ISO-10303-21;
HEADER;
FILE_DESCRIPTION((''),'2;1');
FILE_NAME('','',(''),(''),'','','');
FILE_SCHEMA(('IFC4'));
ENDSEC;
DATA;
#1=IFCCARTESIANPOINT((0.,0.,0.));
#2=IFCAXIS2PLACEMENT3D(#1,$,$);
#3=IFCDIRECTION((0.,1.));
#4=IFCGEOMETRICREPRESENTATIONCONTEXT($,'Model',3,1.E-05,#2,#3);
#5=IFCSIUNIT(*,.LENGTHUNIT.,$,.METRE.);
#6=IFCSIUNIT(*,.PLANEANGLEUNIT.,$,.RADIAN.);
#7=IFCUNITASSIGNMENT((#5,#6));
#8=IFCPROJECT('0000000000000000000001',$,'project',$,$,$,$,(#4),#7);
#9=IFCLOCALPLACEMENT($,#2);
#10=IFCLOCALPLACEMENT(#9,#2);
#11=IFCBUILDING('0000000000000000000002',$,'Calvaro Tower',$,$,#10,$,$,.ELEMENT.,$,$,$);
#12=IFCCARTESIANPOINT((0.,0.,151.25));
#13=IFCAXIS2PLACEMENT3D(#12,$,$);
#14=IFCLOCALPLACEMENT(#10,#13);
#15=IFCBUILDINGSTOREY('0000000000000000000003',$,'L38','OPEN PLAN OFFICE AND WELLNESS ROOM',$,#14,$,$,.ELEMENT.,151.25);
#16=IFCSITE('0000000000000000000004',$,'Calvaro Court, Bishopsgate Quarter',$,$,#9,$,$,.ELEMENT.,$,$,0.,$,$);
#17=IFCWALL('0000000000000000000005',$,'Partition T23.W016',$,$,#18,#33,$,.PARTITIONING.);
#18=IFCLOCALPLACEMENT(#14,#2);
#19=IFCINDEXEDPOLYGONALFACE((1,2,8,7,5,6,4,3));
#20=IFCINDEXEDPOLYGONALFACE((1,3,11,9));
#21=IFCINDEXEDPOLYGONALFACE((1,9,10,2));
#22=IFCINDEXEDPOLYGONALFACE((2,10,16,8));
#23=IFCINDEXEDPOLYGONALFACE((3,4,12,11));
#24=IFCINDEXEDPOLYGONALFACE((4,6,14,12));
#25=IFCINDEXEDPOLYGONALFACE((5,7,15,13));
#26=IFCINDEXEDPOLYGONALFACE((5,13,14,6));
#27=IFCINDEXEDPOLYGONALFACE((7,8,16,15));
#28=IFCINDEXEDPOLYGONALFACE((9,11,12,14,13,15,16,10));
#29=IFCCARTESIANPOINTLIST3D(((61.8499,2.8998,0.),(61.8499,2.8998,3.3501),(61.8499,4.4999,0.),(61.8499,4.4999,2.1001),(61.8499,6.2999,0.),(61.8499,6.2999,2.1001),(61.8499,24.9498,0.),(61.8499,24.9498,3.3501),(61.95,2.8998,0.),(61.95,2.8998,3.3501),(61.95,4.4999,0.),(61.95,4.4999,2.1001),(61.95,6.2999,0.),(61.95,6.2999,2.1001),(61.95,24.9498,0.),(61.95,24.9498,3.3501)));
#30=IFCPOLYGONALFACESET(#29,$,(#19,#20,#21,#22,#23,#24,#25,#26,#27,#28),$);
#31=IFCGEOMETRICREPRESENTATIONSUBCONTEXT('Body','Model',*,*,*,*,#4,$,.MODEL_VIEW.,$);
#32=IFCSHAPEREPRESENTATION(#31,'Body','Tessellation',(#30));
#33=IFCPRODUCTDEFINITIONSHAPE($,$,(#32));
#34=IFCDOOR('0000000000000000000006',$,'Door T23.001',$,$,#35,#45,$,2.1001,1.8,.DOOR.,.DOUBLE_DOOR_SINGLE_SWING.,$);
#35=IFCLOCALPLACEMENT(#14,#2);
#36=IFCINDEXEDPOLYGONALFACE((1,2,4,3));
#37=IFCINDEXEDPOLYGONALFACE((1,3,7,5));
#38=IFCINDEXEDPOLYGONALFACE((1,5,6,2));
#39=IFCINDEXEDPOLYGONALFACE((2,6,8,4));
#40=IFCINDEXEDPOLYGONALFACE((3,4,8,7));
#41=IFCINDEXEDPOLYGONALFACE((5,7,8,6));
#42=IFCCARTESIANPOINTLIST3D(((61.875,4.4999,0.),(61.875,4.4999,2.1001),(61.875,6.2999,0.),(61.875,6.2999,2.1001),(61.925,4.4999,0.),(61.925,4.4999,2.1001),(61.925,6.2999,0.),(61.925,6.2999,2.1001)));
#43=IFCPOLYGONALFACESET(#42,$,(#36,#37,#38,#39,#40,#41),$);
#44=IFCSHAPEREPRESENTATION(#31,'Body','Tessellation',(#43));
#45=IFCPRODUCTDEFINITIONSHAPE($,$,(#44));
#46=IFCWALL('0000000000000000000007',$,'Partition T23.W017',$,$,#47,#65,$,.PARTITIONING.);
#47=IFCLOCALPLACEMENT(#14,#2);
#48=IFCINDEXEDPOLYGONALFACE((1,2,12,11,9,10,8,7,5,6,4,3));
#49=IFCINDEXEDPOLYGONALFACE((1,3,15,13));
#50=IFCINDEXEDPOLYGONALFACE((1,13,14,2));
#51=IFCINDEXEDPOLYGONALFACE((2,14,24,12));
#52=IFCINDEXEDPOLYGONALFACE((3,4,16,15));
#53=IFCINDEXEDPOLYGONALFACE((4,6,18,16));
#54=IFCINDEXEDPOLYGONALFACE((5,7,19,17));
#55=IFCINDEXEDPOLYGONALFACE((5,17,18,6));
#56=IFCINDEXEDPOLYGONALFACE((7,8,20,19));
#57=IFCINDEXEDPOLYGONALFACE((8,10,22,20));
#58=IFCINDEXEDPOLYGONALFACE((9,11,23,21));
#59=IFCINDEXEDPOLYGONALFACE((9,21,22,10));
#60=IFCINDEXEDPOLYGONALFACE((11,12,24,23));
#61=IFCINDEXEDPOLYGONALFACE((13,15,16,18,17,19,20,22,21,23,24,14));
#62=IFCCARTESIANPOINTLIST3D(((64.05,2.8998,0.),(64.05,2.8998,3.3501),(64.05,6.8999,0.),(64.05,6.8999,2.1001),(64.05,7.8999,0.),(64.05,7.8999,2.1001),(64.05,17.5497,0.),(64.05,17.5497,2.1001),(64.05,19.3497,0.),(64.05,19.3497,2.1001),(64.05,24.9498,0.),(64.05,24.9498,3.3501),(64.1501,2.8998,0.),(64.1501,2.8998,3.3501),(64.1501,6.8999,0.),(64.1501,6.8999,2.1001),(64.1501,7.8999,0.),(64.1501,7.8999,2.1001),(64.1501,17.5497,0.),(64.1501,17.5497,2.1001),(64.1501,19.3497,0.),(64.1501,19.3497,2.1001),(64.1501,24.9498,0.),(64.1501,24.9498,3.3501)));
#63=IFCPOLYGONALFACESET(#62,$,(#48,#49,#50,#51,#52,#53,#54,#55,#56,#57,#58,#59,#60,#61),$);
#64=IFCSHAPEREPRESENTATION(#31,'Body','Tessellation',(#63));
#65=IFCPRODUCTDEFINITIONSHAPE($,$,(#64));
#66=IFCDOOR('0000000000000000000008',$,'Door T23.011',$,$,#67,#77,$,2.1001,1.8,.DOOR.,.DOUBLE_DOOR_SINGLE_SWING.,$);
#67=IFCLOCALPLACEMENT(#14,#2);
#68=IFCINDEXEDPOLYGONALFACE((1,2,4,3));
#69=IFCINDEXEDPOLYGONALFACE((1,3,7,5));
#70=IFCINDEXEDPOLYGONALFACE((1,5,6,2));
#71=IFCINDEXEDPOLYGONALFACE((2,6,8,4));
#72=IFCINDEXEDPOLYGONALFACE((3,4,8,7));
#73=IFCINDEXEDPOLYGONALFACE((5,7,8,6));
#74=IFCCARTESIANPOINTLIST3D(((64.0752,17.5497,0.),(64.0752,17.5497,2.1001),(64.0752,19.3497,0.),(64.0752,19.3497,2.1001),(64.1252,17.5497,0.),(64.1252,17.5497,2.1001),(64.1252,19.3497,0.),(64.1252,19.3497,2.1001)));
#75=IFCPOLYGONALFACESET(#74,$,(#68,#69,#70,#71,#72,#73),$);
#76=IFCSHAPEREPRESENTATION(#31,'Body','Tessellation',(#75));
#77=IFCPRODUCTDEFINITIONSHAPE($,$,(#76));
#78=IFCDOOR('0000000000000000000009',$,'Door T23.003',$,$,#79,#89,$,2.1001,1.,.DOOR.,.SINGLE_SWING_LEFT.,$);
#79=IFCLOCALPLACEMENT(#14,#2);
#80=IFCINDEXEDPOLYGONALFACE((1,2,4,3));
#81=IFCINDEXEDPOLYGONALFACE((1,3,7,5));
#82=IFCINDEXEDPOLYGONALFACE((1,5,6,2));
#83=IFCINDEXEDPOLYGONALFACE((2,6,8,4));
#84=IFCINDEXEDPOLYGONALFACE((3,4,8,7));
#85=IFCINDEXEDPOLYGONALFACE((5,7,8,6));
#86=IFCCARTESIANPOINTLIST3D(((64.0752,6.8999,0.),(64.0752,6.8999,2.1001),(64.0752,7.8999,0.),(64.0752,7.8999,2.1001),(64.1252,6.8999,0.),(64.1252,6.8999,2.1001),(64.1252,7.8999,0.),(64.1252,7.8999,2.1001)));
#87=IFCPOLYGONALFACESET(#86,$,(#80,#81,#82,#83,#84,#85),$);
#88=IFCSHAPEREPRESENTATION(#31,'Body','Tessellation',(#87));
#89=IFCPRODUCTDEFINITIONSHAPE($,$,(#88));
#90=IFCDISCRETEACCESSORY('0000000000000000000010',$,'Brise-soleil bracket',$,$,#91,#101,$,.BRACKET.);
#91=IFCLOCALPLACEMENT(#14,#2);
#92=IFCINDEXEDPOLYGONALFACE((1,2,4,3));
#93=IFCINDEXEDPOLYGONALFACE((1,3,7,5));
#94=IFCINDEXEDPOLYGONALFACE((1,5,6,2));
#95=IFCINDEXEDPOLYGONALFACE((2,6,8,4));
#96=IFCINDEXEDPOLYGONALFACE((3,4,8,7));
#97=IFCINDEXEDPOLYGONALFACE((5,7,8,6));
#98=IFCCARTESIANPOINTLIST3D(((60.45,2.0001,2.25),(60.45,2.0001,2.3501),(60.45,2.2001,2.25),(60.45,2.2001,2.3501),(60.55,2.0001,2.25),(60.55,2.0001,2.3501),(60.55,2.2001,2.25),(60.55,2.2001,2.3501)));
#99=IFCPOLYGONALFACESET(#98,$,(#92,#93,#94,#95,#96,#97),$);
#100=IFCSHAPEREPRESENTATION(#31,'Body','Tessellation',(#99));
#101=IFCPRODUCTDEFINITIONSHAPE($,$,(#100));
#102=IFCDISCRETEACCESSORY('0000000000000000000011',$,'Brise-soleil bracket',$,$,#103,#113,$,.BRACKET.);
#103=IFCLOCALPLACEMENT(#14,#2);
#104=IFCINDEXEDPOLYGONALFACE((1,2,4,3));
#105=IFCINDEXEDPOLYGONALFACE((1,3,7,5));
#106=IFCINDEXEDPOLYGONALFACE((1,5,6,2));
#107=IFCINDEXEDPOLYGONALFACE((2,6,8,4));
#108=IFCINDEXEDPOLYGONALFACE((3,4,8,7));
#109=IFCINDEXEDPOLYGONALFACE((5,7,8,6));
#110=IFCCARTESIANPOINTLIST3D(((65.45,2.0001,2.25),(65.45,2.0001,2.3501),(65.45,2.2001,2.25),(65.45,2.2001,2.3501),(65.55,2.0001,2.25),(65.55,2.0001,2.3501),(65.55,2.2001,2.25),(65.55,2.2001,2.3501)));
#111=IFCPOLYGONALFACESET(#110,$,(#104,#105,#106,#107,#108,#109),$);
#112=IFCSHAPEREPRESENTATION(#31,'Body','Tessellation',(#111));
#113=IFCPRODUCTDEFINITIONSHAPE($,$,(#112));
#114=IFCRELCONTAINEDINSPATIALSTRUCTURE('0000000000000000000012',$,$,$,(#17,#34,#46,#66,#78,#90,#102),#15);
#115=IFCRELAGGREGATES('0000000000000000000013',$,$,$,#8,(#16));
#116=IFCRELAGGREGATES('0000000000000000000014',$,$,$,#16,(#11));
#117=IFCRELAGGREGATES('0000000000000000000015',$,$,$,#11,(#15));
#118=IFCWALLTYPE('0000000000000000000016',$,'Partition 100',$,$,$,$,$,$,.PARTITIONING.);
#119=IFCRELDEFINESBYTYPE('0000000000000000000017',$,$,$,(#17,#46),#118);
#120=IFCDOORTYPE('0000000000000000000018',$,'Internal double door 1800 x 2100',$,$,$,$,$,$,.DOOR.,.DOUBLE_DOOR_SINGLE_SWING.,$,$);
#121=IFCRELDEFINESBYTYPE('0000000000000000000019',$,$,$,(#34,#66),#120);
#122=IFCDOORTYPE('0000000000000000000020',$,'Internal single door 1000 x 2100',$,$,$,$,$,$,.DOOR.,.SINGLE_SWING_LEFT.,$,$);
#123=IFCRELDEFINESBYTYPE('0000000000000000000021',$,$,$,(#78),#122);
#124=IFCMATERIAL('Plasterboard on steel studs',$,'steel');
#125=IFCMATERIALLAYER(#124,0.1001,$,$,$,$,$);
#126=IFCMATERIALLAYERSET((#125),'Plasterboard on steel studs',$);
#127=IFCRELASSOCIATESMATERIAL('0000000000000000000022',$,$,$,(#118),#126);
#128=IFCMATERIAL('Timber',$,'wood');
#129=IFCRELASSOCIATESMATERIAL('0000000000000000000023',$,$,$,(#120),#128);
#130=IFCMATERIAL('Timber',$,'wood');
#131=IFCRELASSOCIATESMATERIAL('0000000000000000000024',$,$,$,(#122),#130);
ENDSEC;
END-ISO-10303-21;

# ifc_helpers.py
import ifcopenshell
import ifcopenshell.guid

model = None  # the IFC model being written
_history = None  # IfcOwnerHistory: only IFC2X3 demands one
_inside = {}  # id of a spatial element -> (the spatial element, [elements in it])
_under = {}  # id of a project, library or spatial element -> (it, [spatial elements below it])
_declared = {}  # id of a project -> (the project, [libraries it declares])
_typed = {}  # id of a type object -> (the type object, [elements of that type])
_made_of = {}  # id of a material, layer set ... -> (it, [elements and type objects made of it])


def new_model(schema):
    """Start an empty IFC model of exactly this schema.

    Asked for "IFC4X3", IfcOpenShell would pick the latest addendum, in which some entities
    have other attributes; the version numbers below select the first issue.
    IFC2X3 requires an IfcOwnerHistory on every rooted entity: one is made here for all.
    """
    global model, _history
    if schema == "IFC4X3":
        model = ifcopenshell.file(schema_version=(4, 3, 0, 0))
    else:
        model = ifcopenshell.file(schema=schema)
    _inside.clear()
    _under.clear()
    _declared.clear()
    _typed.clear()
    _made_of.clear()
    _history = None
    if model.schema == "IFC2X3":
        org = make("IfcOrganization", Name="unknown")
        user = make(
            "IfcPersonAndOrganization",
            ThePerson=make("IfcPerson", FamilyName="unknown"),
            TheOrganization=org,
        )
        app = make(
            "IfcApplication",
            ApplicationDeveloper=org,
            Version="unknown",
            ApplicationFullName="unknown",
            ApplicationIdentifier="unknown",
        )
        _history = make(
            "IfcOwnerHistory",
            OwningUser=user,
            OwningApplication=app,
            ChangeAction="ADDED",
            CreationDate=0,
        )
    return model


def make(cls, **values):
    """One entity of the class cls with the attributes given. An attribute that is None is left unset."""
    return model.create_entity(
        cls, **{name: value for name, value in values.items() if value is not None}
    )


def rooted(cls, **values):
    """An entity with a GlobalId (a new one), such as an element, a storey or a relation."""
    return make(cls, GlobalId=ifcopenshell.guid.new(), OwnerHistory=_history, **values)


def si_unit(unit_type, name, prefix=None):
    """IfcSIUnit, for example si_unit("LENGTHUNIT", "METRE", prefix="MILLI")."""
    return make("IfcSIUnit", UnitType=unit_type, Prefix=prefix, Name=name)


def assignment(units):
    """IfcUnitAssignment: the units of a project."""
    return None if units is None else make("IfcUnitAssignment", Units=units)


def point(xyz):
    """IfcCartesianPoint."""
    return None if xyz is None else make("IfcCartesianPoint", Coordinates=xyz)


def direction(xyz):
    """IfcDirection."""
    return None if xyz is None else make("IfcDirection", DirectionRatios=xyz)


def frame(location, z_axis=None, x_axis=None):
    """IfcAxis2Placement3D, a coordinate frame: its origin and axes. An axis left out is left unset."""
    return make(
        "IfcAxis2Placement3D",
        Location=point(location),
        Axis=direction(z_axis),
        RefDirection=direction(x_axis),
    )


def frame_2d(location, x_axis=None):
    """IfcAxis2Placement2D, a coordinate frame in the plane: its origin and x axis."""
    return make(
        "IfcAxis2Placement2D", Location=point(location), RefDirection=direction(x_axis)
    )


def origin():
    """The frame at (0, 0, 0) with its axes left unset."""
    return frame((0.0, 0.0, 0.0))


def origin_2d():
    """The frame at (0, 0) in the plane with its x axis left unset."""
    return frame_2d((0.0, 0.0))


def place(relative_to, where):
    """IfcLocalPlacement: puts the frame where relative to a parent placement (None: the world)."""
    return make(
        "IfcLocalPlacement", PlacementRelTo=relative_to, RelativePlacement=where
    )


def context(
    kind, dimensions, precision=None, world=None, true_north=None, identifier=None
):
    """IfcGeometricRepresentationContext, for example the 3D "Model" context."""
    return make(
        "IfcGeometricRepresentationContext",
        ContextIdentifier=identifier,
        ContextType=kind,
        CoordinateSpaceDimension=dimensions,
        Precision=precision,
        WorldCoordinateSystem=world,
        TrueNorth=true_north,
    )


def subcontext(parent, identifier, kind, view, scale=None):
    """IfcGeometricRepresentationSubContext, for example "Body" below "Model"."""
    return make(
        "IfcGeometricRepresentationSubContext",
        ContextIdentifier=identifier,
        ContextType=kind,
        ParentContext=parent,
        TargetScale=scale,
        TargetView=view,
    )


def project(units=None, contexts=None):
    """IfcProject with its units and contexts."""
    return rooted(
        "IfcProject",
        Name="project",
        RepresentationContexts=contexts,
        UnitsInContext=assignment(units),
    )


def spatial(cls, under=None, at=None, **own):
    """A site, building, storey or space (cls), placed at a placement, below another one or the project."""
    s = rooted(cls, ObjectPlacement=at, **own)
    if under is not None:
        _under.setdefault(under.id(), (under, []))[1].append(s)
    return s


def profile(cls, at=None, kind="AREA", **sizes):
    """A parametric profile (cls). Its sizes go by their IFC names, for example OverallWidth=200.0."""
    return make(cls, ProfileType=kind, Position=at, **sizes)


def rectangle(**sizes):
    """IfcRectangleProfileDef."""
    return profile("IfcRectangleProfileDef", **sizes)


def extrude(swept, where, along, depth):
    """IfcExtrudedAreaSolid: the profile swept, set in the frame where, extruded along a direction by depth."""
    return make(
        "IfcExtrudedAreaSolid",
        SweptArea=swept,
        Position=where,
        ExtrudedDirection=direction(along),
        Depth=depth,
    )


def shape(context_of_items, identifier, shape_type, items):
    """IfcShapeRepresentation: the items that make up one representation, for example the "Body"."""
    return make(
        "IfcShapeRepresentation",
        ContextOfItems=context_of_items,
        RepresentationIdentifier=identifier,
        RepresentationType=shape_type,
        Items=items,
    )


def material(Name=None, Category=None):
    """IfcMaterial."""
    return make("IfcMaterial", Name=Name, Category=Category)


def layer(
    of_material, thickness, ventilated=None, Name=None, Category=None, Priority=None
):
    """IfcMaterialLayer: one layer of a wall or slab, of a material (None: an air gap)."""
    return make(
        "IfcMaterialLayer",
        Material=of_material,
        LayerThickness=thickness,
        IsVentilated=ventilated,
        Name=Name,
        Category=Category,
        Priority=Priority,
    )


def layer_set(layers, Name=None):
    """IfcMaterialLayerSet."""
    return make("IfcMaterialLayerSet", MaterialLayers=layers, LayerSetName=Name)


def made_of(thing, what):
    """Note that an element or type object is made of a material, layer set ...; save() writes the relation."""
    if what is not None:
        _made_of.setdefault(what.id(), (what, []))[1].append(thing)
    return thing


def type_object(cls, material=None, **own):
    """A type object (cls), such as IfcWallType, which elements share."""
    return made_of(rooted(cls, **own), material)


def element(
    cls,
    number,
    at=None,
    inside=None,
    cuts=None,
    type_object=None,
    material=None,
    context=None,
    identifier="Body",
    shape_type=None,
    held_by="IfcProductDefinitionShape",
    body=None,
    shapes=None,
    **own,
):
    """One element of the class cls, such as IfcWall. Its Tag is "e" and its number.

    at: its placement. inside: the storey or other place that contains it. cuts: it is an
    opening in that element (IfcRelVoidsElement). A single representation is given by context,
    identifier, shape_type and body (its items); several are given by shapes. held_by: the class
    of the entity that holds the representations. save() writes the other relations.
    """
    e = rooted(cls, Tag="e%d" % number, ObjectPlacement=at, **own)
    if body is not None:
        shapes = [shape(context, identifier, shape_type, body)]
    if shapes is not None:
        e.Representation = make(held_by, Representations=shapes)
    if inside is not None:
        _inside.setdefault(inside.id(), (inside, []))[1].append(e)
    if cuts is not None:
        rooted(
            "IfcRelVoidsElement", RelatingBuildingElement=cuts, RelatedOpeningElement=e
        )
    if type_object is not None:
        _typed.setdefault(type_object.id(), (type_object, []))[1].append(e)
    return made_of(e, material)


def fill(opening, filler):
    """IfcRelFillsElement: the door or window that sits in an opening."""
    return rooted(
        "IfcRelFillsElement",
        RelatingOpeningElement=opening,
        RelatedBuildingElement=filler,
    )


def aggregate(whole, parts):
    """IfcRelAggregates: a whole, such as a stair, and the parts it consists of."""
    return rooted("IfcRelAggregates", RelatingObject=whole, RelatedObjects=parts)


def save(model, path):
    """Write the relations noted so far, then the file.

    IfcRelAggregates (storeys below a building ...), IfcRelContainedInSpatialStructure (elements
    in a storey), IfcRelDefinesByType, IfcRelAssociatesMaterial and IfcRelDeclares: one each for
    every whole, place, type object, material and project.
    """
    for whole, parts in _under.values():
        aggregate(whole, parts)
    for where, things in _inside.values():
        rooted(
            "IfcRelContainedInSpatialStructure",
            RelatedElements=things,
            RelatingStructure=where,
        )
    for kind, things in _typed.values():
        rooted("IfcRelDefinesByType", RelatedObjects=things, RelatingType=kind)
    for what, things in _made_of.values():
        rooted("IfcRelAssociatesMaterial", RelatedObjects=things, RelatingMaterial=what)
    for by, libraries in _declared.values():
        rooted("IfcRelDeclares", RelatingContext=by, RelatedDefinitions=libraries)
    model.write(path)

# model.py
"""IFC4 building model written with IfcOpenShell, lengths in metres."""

from ifc_helpers import new_model, si_unit, direction, frame, frame_2d, origin, origin_2d, place, context, subcontext, project, spatial, rectangle, extrude, material, layer, layer_set, type_object, element, fill, save


model = new_model("IFC4")

# Units and contexts
model_context = context("Model", 3, precision=1e-05, world=origin(), true_north=direction((0.0, 1.0)))
body_context = subcontext(model_context, "Body", "Model", "MODEL_VIEW")
ifc_project = project(units=[si_unit("LENGTHUNIT", "METRE"), si_unit("PLANEANGLEUNIT", "RADIAN")], contexts=[model_context])

# Site, building, storey
site_placement = place(None, origin())
site = spatial("IfcSite", under=ifc_project, at=site_placement, Name="Calvaro Court, Bishopsgate Quarter", CompositionType="ELEMENT", RefElevation=0.0)
building_placement = place(site_placement, origin())
building = spatial("IfcBuilding", under=site, at=building_placement, Name="Calvaro Tower", CompositionType="ELEMENT")
storey_placement = place(building_placement, frame((0.0, 0.0, 151.25)))
storey = spatial("IfcBuildingStorey", under=building, at=storey_placement, Name="L38", Description="OPEN PLAN OFFICE AND WELLNESS ROOM", CompositionType="ELEMENT", Elevation=151.25)

# Wall, opening, door
ifc_material_1 = material(Name="Plasterboard on steel studs", Category="steel")
ifc_layer_1 = layer(ifc_material_1, 0.1001)
ifc_layer_set_1 = layer_set([ifc_layer_1], Name="Plasterboard on steel studs")
wall_type_1 = type_object("IfcWallType", Name="Partition 100", PredefinedType="PARTITIONING", material=ifc_layer_set_1)
wall_1_placement = place(storey_placement, frame((61.8999, 2.8999, 0.0), z_axis=(0.0, 0.0, 1.0), x_axis=(0.0, 1.0, 0.0)))
wall_1 = element("IfcWall", 1, at=wall_1_placement, inside=storey, type_object=wall_type_1, Name="Partition T23.W016", PredefinedType="PARTITIONING", context=body_context, shape_type="SweptSolid", body=[
    extrude(rectangle(XDim=22.05, YDim=0.1001, at=frame_2d((11.0249, 0.0))), origin(), (0.0, 0.0, 1.0), 3.3501),
])
opening_1_placement = place(wall_1_placement, frame((1.6001, 0.0, 0.0)))
opening_1 = element("IfcOpeningElement", 2, at=opening_1_placement, cuts=wall_1, PredefinedType="OPENING", context=body_context, shape_type="SweptSolid", body=[
    extrude(rectangle(XDim=1.8, YDim=2.1001, at=frame_2d((0.8999, 1.05))), frame((0.0, 0.0601, 0.0), z_axis=(0.0, -1.0, 0.0), x_axis=(1.0, 0.0, 0.0)), (0.0, 0.0, 1.0), 0.1201),
])
ifc_material_2 = material(Name="Timber", Category="wood")
door_type_1 = type_object("IfcDoorType", Name="Internal double door 1800 x 2100", OperationType="DOUBLE_DOOR_SINGLE_SWING", PredefinedType="DOOR", material=ifc_material_2)
door_1_placement = place(opening_1_placement, origin())
door_1 = element("IfcDoor", 3, at=door_1_placement, inside=storey, type_object=door_type_1, Name="Door T23.001", OperationType="DOUBLE_DOOR_SINGLE_SWING", OverallHeight=2.1001, OverallWidth=1.8, PredefinedType="DOOR", context=body_context, shape_type="SweptSolid", body=[
    extrude(rectangle(XDim=1.8, YDim=2.1001, at=frame_2d((0.8999, 1.05))), frame((0.0, 0.0249, 0.0), z_axis=(0.0, -1.0, 0.0), x_axis=(1.0, 0.0, 0.0)), (0.0, 0.0, 1.0), 0.05),
])
fill(opening_1, door_1)

# Wall, openings, doors
wall_2_placement = place(storey_placement, frame((64.1001, 2.8999, 0.0), z_axis=(0.0, 0.0, 1.0), x_axis=(0.0, 1.0, 0.0)))
wall_2 = element("IfcWall", 4, at=wall_2_placement, inside=storey, type_object=wall_type_1, Name="Partition T23.W017", PredefinedType="PARTITIONING", context=body_context, shape_type="SweptSolid", body=[
    extrude(rectangle(XDim=22.05, YDim=0.1001, at=frame_2d((11.0249, 0.0))), origin(), (0.0, 0.0, 1.0), 3.3501),
])
opening_2_placement = place(wall_2_placement, frame((4.0, 0.0, 0.0)))
opening_2 = element("IfcOpeningElement", 5, at=opening_2_placement, cuts=wall_2, PredefinedType="OPENING", context=body_context, shape_type="SweptSolid", body=[
    extrude(rectangle(XDim=1.0, YDim=2.1001, at=frame_2d((0.5, 1.05))), frame((0.0, 0.0601, 0.0), z_axis=(0.0, -1.0, 0.0), x_axis=(1.0, 0.0, 0.0)), (0.0, 0.0, 1.0), 0.1201),
])
opening_3_placement = place(wall_2_placement, frame((14.6499, 0.0, 0.0)))
opening_3 = element("IfcOpeningElement", 6, at=opening_3_placement, cuts=wall_2, PredefinedType="OPENING", context=body_context, shape_type="SweptSolid", body=[
    extrude(rectangle(XDim=1.8, YDim=2.1001, at=frame_2d((0.8999, 1.05))), frame((0.0, 0.0601, 0.0), z_axis=(0.0, -1.0, 0.0), x_axis=(1.0, 0.0, 0.0)), (0.0, 0.0, 1.0), 0.1201),
])
door_2_placement = place(opening_3_placement, origin())
door_2 = element("IfcDoor", 7, at=door_2_placement, inside=storey, type_object=door_type_1, Name="Door T23.011", OperationType="DOUBLE_DOOR_SINGLE_SWING", OverallHeight=2.1001, OverallWidth=1.8, PredefinedType="DOOR", context=body_context, shape_type="SweptSolid", body=[
    extrude(rectangle(XDim=1.8, YDim=2.1001, at=frame_2d((0.8999, 1.05))), frame((0.0, 0.0249, 0.0), z_axis=(0.0, -1.0, 0.0), x_axis=(1.0, 0.0, 0.0)), (0.0, 0.0, 1.0), 0.05),
])
fill(opening_3, door_2)
ifc_material_3 = material(Name="Timber", Category="wood")
door_type_2 = type_object("IfcDoorType", Name="Internal single door 1000 x 2100", OperationType="SINGLE_SWING_LEFT", PredefinedType="DOOR", material=ifc_material_3)
door_3_placement = place(opening_2_placement, origin())
door_3 = element("IfcDoor", 8, at=door_3_placement, inside=storey, type_object=door_type_2, Name="Door T23.003", OperationType="SINGLE_SWING_LEFT", OverallHeight=2.1001, OverallWidth=1.0, PredefinedType="DOOR", context=body_context, shape_type="SweptSolid", body=[
    extrude(rectangle(XDim=1.0, YDim=2.1001, at=frame_2d((0.5, 1.05))), frame((0.0, 0.0249, 0.0), z_axis=(0.0, -1.0, 0.0), x_axis=(1.0, 0.0, 0.0)), (0.0, 0.0, 1.0), 0.05),
])
fill(opening_2, door_3)

# Discrete accessories
for number, where, z_axis, x_axis, name in (
    (9, (60.5, 2.1001, 2.25), (0.0, 0.0, 1.0), (1.0, 0.0, 0.0), "Brise-soleil bracket"),
    (10, (65.5, 2.1001, 2.25), (0.0, 0.0, 1.0), (1.0, 0.0, 0.0), "Brise-soleil bracket"),
):
    element("IfcDiscreteAccessory", number, at=place(storey_placement, frame(where, z_axis=z_axis, x_axis=x_axis)), inside=storey, Name=name, PredefinedType="BRACKET", context=body_context, shape_type="SweptSolid", body=[
        extrude(rectangle(XDim=0.1001, YDim=0.2, at=origin_2d()), origin(), (0.0, 0.0, 1.0), 0.1001),
    ])

save(model, "model.ifc")
